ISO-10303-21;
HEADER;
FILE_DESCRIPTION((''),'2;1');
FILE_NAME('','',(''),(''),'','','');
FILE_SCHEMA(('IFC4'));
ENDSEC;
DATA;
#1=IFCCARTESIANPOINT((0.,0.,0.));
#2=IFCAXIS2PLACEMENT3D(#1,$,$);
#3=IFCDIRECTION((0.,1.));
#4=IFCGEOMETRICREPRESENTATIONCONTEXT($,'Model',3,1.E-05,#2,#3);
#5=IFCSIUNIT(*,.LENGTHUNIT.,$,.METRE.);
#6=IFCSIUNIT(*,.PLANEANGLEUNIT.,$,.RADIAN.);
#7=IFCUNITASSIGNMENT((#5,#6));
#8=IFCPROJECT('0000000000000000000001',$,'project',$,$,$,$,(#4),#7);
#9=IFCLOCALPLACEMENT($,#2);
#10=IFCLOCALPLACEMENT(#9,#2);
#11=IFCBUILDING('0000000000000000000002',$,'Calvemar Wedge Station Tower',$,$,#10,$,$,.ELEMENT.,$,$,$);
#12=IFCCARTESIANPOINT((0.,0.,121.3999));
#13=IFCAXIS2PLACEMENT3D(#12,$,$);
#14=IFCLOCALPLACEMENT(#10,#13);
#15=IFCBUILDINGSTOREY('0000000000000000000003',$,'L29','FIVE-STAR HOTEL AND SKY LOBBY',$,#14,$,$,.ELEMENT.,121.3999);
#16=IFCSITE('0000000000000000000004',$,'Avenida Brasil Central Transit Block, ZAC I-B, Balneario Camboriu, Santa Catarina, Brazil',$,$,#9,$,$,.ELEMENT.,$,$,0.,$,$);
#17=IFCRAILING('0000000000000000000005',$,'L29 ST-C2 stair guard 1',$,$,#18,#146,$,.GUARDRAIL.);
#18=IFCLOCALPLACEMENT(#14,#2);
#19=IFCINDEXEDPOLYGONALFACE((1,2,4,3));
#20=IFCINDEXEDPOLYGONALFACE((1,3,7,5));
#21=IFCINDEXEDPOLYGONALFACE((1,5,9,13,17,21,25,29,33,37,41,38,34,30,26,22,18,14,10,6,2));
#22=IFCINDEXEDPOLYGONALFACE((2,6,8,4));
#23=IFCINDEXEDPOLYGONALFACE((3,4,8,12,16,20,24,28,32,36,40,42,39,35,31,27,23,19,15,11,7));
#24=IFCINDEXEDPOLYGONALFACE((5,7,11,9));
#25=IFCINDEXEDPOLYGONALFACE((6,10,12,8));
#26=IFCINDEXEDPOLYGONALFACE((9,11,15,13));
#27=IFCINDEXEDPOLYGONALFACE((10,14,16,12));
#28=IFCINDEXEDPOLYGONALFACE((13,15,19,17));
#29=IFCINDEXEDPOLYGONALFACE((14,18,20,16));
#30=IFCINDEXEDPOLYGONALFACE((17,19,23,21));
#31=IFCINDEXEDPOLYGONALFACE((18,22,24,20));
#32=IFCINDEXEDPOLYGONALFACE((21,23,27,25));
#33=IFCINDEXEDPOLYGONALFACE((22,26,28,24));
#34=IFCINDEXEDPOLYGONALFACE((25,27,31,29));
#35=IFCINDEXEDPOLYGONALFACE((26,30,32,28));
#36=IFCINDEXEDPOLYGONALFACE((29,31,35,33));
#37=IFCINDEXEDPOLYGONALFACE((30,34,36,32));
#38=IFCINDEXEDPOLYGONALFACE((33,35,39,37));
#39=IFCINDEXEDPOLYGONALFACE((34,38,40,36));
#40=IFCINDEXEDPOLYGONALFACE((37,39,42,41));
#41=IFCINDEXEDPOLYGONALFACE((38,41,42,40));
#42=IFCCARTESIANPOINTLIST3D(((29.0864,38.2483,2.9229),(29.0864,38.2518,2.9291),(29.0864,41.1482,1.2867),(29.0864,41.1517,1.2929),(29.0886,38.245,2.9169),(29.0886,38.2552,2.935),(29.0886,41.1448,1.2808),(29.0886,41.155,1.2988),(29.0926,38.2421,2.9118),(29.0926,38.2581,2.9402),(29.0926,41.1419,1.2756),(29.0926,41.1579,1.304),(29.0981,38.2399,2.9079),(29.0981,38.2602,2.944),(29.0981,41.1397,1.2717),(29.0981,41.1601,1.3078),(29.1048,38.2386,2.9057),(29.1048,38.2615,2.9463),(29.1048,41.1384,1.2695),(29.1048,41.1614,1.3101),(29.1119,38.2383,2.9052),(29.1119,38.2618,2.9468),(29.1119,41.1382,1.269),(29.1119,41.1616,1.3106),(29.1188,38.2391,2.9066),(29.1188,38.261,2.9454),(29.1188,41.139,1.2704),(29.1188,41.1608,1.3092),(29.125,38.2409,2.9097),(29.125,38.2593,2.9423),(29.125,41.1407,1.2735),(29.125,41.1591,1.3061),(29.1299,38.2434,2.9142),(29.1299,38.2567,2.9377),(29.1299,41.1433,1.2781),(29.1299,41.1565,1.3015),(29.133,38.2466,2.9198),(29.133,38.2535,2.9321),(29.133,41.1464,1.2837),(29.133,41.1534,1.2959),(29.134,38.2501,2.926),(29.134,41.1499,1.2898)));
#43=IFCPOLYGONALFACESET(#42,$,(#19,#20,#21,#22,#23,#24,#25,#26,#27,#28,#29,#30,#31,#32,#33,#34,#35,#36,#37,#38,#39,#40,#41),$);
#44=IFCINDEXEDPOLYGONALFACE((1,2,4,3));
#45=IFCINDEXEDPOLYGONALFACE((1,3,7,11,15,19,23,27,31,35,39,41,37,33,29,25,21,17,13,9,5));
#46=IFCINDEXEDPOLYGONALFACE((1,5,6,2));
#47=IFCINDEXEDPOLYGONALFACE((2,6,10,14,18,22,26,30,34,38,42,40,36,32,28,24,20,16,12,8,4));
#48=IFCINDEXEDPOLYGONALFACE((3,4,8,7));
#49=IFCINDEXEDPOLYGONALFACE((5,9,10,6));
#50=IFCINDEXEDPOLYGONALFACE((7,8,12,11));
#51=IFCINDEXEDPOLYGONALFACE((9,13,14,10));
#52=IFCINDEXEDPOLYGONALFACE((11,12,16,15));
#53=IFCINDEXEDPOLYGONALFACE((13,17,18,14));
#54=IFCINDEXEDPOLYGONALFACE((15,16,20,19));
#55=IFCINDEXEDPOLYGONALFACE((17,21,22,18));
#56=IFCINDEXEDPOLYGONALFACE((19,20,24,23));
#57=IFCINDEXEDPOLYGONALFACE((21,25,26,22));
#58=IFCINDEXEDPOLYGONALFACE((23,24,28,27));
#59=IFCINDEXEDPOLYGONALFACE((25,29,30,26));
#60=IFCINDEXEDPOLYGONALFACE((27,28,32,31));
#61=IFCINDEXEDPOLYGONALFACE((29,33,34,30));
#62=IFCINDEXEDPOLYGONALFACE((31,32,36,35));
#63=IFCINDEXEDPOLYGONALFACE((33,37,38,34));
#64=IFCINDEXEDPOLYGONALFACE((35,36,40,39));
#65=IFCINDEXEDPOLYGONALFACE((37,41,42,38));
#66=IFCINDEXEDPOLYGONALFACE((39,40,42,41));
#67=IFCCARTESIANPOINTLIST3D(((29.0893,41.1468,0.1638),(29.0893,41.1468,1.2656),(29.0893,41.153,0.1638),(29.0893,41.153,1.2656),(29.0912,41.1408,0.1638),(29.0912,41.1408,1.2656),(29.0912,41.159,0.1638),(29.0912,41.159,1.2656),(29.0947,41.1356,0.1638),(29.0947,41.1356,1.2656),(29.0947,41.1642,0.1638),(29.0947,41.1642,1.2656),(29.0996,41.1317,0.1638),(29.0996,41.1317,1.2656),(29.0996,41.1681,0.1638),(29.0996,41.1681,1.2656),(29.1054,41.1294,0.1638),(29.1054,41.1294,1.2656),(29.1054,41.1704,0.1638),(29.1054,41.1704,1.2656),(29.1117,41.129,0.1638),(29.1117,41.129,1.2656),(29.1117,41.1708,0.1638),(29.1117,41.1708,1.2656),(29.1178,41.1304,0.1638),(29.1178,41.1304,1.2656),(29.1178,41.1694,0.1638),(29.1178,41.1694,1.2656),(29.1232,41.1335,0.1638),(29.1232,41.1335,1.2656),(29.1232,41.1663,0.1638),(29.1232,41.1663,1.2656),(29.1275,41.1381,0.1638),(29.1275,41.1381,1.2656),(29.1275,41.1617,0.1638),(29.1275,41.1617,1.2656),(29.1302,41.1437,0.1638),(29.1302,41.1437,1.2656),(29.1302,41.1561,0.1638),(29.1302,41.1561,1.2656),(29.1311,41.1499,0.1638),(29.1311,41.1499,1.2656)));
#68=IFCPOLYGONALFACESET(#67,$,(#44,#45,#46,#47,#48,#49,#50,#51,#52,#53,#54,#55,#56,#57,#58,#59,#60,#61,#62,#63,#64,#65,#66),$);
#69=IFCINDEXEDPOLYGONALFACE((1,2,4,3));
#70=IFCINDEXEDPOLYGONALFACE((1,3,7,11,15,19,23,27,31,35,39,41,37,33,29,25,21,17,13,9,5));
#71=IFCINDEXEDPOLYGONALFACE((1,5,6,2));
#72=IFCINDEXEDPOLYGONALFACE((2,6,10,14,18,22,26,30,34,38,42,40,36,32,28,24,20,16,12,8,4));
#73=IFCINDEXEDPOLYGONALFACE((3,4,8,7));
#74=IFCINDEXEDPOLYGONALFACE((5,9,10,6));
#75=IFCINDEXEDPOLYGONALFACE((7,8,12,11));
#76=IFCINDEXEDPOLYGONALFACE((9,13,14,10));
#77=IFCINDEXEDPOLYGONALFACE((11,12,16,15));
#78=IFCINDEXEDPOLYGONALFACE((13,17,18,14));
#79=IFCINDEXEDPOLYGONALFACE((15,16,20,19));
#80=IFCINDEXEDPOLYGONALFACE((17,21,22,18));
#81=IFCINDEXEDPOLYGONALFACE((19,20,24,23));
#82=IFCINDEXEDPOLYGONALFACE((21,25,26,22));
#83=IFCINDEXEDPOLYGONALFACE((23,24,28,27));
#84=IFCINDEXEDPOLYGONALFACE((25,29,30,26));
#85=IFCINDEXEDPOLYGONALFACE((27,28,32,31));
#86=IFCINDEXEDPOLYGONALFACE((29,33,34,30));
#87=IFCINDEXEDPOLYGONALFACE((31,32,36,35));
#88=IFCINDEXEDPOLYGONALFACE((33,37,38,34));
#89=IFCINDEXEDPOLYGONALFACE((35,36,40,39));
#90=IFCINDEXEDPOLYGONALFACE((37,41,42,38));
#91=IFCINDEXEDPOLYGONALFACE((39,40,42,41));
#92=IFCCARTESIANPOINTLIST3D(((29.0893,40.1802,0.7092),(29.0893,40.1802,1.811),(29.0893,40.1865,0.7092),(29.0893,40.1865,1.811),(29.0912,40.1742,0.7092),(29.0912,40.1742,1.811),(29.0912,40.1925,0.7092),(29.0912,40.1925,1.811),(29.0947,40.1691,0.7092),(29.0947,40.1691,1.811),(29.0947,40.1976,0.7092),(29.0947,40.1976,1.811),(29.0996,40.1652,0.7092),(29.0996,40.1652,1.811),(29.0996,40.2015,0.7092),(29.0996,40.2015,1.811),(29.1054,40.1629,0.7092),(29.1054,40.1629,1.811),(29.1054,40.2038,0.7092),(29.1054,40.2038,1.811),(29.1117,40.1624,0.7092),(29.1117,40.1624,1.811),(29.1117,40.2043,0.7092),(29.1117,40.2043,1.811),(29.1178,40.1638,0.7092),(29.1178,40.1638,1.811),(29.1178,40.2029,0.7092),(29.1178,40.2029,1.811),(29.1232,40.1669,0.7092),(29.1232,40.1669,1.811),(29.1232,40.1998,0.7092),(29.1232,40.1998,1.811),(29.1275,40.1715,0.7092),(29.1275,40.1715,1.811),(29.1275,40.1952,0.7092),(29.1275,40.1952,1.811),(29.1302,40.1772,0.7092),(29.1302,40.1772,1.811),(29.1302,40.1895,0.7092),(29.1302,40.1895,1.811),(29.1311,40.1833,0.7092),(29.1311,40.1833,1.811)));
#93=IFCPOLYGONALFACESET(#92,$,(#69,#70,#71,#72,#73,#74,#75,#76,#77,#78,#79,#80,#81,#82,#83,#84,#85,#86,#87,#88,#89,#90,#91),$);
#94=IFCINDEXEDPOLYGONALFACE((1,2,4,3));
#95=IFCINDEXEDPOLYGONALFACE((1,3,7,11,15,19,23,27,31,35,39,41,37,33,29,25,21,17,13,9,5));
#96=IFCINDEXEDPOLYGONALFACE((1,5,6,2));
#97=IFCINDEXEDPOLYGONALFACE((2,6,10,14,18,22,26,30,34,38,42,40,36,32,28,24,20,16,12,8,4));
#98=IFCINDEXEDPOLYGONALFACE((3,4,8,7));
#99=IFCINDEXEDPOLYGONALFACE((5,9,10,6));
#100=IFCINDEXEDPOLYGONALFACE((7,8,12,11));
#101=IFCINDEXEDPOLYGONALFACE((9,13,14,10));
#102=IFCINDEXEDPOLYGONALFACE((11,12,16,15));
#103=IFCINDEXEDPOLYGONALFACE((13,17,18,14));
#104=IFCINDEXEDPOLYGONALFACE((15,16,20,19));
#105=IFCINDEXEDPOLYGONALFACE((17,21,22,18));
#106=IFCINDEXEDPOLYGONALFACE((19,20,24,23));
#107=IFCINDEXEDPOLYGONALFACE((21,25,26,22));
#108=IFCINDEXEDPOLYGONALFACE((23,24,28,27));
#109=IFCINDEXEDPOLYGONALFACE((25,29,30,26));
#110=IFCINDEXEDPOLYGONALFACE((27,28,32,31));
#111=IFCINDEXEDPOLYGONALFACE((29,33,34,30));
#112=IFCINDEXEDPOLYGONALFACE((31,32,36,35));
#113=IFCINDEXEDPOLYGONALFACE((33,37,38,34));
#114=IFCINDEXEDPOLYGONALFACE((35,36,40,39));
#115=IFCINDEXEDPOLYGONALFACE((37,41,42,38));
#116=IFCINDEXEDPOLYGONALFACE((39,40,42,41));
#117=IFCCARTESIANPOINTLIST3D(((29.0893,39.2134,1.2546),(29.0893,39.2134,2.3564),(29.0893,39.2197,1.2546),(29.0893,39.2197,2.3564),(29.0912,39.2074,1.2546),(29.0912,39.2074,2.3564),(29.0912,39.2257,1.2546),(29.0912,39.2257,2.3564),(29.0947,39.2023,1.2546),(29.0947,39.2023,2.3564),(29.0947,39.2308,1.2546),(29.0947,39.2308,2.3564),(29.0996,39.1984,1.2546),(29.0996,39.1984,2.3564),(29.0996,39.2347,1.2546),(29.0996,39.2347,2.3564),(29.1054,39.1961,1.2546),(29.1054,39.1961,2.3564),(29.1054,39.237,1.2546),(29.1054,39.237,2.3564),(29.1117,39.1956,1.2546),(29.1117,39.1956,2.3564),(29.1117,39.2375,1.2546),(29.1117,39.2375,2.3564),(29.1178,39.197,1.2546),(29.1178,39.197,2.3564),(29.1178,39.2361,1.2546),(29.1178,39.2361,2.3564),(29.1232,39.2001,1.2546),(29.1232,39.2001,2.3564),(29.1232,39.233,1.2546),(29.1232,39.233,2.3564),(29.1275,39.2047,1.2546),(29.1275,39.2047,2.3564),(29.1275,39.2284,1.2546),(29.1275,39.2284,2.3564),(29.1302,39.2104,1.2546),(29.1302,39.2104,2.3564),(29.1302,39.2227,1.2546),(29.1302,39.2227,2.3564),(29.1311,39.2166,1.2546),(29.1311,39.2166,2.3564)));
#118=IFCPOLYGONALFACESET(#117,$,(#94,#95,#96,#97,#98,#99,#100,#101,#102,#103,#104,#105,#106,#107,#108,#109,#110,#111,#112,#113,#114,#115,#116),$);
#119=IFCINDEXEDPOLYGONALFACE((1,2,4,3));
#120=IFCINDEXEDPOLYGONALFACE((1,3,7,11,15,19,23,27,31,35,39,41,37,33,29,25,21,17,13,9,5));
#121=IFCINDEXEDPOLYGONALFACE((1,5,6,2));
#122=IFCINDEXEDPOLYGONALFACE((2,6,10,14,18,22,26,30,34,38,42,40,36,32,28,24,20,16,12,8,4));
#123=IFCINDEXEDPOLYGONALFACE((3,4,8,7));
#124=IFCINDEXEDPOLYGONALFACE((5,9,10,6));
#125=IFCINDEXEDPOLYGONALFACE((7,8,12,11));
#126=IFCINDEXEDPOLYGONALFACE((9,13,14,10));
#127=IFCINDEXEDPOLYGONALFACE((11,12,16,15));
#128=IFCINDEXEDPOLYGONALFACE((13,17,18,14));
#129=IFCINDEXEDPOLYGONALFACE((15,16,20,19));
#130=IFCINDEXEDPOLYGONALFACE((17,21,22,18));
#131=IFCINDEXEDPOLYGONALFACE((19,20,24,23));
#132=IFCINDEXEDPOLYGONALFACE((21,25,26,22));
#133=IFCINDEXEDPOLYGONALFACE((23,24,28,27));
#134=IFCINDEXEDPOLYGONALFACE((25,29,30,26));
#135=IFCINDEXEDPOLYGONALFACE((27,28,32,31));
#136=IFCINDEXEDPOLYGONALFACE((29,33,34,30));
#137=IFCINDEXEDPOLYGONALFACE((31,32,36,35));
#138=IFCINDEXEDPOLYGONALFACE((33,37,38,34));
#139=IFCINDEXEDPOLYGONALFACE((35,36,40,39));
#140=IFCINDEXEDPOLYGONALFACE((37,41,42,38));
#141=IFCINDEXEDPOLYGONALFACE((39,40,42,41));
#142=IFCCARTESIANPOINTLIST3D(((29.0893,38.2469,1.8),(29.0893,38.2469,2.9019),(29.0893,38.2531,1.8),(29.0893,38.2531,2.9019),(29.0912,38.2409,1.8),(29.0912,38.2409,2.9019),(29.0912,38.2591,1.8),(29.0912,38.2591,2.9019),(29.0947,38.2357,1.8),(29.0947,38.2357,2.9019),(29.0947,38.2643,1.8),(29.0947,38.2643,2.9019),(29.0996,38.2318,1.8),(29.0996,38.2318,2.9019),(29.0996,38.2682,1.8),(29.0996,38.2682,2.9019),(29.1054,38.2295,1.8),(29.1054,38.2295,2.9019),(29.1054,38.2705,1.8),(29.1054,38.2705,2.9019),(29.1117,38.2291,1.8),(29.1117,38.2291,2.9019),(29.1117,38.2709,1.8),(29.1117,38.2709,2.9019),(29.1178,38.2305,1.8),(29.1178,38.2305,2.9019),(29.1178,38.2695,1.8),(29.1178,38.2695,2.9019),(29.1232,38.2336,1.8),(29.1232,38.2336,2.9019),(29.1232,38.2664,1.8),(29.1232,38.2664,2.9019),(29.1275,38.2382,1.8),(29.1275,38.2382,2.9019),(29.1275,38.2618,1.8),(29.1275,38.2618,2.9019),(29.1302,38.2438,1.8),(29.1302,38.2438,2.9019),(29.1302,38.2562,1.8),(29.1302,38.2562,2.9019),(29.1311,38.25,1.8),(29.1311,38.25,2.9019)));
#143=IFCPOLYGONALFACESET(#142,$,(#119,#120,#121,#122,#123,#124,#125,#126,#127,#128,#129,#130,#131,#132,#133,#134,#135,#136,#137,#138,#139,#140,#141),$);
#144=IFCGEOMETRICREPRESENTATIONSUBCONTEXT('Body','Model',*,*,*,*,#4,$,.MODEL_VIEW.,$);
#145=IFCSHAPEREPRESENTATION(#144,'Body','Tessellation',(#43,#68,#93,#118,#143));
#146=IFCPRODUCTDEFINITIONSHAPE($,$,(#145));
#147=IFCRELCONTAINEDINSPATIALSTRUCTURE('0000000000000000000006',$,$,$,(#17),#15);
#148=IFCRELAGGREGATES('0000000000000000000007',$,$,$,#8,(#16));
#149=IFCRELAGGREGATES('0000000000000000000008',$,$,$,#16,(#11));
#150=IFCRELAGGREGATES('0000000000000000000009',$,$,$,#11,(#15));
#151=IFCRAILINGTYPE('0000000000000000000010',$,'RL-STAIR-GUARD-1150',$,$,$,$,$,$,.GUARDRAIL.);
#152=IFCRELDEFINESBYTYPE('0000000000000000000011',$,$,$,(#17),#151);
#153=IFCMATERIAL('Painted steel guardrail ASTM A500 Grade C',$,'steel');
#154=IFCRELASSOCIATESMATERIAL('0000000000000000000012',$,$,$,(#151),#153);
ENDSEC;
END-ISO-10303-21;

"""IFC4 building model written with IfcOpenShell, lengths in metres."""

from ifc_helpers import new_model, si_unit, direction, frame, origin, origin_2d, place, context, subcontext, project, spatial, circle, extrude, material, type_object, element, save


model = new_model("IFC4")

# Units and contexts
model_context = context("Model", 3, precision=1e-05, world=origin(), true_north=direction((0.0, 1.0)))
body_context = subcontext(model_context, "Body", "Model", "MODEL_VIEW")
ifc_project = project(units=[si_unit("LENGTHUNIT", "METRE"), si_unit("PLANEANGLEUNIT", "RADIAN")], contexts=[model_context])

# Site, building, storey
site_placement = place(None, origin())
site = spatial("IfcSite", under=ifc_project, at=site_placement, Name="Avenida Brasil Central Transit Block, ZAC I-B, Balneario Camboriu, Santa Catarina, Brazil", CompositionType="ELEMENT", RefElevation=0.0)
building_placement = place(site_placement, origin())
building = spatial("IfcBuilding", under=site, at=building_placement, Name="Calvemar Wedge Station Tower", CompositionType="ELEMENT")
storey_placement = place(building_placement, frame((0.0, 0.0, 121.3999)))
storey = spatial("IfcBuildingStorey", under=building, at=storey_placement, Name="L29", Description="FIVE-STAR HOTEL AND SKY LOBBY", CompositionType="ELEMENT", Elevation=121.3999)

# Railing
ifc_material_1 = material(Name="Painted steel guardrail ASTM A500 Grade C", Category="steel")
railing_type_1 = type_object("IfcRailingType", Name="RL-STAIR-GUARD-1150", PredefinedType="GUARDRAIL", material=ifc_material_1)
railing_1_placement = place(storey_placement, frame((29.1101, 41.1499, 0.1638)))
element("IfcRailing", 1, at=railing_1_placement, inside=storey, type_object=railing_type_1, Name="L29 ST-C2 stair guard 1", PredefinedType="GUARDRAIL", context=body_context, shape_type="SweptSolid", body=[
    extrude(circle(Radius=0.0239, at=origin_2d()), frame((0.0, 0.0, 1.126), z_axis=(0.0, -0.870929, 0.49141), x_axis=(1.0, 0.0, 0.0)), (0.0, 0.0, 1.0), 3.3296),
    extrude(circle(Radius=0.021, at=origin_2d()), origin(), (0.0, 0.0, 1.0), 1.1018),
    extrude(circle(Radius=0.021, at=origin_2d()), frame((0.0, -0.9666, 0.5454)), (0.0, 0.0, 1.0), 1.1018),
    extrude(circle(Radius=0.021, at=origin_2d()), frame((0.0, -1.9333, 1.0908)), (0.0, 0.0, 1.0), 1.1018),
    extrude(circle(Radius=0.021, at=origin_2d()), frame((0.0, -2.8999, 1.6362)), (0.0, 0.0, 1.0), 1.1018),
])

save(model, "model.ifc")
